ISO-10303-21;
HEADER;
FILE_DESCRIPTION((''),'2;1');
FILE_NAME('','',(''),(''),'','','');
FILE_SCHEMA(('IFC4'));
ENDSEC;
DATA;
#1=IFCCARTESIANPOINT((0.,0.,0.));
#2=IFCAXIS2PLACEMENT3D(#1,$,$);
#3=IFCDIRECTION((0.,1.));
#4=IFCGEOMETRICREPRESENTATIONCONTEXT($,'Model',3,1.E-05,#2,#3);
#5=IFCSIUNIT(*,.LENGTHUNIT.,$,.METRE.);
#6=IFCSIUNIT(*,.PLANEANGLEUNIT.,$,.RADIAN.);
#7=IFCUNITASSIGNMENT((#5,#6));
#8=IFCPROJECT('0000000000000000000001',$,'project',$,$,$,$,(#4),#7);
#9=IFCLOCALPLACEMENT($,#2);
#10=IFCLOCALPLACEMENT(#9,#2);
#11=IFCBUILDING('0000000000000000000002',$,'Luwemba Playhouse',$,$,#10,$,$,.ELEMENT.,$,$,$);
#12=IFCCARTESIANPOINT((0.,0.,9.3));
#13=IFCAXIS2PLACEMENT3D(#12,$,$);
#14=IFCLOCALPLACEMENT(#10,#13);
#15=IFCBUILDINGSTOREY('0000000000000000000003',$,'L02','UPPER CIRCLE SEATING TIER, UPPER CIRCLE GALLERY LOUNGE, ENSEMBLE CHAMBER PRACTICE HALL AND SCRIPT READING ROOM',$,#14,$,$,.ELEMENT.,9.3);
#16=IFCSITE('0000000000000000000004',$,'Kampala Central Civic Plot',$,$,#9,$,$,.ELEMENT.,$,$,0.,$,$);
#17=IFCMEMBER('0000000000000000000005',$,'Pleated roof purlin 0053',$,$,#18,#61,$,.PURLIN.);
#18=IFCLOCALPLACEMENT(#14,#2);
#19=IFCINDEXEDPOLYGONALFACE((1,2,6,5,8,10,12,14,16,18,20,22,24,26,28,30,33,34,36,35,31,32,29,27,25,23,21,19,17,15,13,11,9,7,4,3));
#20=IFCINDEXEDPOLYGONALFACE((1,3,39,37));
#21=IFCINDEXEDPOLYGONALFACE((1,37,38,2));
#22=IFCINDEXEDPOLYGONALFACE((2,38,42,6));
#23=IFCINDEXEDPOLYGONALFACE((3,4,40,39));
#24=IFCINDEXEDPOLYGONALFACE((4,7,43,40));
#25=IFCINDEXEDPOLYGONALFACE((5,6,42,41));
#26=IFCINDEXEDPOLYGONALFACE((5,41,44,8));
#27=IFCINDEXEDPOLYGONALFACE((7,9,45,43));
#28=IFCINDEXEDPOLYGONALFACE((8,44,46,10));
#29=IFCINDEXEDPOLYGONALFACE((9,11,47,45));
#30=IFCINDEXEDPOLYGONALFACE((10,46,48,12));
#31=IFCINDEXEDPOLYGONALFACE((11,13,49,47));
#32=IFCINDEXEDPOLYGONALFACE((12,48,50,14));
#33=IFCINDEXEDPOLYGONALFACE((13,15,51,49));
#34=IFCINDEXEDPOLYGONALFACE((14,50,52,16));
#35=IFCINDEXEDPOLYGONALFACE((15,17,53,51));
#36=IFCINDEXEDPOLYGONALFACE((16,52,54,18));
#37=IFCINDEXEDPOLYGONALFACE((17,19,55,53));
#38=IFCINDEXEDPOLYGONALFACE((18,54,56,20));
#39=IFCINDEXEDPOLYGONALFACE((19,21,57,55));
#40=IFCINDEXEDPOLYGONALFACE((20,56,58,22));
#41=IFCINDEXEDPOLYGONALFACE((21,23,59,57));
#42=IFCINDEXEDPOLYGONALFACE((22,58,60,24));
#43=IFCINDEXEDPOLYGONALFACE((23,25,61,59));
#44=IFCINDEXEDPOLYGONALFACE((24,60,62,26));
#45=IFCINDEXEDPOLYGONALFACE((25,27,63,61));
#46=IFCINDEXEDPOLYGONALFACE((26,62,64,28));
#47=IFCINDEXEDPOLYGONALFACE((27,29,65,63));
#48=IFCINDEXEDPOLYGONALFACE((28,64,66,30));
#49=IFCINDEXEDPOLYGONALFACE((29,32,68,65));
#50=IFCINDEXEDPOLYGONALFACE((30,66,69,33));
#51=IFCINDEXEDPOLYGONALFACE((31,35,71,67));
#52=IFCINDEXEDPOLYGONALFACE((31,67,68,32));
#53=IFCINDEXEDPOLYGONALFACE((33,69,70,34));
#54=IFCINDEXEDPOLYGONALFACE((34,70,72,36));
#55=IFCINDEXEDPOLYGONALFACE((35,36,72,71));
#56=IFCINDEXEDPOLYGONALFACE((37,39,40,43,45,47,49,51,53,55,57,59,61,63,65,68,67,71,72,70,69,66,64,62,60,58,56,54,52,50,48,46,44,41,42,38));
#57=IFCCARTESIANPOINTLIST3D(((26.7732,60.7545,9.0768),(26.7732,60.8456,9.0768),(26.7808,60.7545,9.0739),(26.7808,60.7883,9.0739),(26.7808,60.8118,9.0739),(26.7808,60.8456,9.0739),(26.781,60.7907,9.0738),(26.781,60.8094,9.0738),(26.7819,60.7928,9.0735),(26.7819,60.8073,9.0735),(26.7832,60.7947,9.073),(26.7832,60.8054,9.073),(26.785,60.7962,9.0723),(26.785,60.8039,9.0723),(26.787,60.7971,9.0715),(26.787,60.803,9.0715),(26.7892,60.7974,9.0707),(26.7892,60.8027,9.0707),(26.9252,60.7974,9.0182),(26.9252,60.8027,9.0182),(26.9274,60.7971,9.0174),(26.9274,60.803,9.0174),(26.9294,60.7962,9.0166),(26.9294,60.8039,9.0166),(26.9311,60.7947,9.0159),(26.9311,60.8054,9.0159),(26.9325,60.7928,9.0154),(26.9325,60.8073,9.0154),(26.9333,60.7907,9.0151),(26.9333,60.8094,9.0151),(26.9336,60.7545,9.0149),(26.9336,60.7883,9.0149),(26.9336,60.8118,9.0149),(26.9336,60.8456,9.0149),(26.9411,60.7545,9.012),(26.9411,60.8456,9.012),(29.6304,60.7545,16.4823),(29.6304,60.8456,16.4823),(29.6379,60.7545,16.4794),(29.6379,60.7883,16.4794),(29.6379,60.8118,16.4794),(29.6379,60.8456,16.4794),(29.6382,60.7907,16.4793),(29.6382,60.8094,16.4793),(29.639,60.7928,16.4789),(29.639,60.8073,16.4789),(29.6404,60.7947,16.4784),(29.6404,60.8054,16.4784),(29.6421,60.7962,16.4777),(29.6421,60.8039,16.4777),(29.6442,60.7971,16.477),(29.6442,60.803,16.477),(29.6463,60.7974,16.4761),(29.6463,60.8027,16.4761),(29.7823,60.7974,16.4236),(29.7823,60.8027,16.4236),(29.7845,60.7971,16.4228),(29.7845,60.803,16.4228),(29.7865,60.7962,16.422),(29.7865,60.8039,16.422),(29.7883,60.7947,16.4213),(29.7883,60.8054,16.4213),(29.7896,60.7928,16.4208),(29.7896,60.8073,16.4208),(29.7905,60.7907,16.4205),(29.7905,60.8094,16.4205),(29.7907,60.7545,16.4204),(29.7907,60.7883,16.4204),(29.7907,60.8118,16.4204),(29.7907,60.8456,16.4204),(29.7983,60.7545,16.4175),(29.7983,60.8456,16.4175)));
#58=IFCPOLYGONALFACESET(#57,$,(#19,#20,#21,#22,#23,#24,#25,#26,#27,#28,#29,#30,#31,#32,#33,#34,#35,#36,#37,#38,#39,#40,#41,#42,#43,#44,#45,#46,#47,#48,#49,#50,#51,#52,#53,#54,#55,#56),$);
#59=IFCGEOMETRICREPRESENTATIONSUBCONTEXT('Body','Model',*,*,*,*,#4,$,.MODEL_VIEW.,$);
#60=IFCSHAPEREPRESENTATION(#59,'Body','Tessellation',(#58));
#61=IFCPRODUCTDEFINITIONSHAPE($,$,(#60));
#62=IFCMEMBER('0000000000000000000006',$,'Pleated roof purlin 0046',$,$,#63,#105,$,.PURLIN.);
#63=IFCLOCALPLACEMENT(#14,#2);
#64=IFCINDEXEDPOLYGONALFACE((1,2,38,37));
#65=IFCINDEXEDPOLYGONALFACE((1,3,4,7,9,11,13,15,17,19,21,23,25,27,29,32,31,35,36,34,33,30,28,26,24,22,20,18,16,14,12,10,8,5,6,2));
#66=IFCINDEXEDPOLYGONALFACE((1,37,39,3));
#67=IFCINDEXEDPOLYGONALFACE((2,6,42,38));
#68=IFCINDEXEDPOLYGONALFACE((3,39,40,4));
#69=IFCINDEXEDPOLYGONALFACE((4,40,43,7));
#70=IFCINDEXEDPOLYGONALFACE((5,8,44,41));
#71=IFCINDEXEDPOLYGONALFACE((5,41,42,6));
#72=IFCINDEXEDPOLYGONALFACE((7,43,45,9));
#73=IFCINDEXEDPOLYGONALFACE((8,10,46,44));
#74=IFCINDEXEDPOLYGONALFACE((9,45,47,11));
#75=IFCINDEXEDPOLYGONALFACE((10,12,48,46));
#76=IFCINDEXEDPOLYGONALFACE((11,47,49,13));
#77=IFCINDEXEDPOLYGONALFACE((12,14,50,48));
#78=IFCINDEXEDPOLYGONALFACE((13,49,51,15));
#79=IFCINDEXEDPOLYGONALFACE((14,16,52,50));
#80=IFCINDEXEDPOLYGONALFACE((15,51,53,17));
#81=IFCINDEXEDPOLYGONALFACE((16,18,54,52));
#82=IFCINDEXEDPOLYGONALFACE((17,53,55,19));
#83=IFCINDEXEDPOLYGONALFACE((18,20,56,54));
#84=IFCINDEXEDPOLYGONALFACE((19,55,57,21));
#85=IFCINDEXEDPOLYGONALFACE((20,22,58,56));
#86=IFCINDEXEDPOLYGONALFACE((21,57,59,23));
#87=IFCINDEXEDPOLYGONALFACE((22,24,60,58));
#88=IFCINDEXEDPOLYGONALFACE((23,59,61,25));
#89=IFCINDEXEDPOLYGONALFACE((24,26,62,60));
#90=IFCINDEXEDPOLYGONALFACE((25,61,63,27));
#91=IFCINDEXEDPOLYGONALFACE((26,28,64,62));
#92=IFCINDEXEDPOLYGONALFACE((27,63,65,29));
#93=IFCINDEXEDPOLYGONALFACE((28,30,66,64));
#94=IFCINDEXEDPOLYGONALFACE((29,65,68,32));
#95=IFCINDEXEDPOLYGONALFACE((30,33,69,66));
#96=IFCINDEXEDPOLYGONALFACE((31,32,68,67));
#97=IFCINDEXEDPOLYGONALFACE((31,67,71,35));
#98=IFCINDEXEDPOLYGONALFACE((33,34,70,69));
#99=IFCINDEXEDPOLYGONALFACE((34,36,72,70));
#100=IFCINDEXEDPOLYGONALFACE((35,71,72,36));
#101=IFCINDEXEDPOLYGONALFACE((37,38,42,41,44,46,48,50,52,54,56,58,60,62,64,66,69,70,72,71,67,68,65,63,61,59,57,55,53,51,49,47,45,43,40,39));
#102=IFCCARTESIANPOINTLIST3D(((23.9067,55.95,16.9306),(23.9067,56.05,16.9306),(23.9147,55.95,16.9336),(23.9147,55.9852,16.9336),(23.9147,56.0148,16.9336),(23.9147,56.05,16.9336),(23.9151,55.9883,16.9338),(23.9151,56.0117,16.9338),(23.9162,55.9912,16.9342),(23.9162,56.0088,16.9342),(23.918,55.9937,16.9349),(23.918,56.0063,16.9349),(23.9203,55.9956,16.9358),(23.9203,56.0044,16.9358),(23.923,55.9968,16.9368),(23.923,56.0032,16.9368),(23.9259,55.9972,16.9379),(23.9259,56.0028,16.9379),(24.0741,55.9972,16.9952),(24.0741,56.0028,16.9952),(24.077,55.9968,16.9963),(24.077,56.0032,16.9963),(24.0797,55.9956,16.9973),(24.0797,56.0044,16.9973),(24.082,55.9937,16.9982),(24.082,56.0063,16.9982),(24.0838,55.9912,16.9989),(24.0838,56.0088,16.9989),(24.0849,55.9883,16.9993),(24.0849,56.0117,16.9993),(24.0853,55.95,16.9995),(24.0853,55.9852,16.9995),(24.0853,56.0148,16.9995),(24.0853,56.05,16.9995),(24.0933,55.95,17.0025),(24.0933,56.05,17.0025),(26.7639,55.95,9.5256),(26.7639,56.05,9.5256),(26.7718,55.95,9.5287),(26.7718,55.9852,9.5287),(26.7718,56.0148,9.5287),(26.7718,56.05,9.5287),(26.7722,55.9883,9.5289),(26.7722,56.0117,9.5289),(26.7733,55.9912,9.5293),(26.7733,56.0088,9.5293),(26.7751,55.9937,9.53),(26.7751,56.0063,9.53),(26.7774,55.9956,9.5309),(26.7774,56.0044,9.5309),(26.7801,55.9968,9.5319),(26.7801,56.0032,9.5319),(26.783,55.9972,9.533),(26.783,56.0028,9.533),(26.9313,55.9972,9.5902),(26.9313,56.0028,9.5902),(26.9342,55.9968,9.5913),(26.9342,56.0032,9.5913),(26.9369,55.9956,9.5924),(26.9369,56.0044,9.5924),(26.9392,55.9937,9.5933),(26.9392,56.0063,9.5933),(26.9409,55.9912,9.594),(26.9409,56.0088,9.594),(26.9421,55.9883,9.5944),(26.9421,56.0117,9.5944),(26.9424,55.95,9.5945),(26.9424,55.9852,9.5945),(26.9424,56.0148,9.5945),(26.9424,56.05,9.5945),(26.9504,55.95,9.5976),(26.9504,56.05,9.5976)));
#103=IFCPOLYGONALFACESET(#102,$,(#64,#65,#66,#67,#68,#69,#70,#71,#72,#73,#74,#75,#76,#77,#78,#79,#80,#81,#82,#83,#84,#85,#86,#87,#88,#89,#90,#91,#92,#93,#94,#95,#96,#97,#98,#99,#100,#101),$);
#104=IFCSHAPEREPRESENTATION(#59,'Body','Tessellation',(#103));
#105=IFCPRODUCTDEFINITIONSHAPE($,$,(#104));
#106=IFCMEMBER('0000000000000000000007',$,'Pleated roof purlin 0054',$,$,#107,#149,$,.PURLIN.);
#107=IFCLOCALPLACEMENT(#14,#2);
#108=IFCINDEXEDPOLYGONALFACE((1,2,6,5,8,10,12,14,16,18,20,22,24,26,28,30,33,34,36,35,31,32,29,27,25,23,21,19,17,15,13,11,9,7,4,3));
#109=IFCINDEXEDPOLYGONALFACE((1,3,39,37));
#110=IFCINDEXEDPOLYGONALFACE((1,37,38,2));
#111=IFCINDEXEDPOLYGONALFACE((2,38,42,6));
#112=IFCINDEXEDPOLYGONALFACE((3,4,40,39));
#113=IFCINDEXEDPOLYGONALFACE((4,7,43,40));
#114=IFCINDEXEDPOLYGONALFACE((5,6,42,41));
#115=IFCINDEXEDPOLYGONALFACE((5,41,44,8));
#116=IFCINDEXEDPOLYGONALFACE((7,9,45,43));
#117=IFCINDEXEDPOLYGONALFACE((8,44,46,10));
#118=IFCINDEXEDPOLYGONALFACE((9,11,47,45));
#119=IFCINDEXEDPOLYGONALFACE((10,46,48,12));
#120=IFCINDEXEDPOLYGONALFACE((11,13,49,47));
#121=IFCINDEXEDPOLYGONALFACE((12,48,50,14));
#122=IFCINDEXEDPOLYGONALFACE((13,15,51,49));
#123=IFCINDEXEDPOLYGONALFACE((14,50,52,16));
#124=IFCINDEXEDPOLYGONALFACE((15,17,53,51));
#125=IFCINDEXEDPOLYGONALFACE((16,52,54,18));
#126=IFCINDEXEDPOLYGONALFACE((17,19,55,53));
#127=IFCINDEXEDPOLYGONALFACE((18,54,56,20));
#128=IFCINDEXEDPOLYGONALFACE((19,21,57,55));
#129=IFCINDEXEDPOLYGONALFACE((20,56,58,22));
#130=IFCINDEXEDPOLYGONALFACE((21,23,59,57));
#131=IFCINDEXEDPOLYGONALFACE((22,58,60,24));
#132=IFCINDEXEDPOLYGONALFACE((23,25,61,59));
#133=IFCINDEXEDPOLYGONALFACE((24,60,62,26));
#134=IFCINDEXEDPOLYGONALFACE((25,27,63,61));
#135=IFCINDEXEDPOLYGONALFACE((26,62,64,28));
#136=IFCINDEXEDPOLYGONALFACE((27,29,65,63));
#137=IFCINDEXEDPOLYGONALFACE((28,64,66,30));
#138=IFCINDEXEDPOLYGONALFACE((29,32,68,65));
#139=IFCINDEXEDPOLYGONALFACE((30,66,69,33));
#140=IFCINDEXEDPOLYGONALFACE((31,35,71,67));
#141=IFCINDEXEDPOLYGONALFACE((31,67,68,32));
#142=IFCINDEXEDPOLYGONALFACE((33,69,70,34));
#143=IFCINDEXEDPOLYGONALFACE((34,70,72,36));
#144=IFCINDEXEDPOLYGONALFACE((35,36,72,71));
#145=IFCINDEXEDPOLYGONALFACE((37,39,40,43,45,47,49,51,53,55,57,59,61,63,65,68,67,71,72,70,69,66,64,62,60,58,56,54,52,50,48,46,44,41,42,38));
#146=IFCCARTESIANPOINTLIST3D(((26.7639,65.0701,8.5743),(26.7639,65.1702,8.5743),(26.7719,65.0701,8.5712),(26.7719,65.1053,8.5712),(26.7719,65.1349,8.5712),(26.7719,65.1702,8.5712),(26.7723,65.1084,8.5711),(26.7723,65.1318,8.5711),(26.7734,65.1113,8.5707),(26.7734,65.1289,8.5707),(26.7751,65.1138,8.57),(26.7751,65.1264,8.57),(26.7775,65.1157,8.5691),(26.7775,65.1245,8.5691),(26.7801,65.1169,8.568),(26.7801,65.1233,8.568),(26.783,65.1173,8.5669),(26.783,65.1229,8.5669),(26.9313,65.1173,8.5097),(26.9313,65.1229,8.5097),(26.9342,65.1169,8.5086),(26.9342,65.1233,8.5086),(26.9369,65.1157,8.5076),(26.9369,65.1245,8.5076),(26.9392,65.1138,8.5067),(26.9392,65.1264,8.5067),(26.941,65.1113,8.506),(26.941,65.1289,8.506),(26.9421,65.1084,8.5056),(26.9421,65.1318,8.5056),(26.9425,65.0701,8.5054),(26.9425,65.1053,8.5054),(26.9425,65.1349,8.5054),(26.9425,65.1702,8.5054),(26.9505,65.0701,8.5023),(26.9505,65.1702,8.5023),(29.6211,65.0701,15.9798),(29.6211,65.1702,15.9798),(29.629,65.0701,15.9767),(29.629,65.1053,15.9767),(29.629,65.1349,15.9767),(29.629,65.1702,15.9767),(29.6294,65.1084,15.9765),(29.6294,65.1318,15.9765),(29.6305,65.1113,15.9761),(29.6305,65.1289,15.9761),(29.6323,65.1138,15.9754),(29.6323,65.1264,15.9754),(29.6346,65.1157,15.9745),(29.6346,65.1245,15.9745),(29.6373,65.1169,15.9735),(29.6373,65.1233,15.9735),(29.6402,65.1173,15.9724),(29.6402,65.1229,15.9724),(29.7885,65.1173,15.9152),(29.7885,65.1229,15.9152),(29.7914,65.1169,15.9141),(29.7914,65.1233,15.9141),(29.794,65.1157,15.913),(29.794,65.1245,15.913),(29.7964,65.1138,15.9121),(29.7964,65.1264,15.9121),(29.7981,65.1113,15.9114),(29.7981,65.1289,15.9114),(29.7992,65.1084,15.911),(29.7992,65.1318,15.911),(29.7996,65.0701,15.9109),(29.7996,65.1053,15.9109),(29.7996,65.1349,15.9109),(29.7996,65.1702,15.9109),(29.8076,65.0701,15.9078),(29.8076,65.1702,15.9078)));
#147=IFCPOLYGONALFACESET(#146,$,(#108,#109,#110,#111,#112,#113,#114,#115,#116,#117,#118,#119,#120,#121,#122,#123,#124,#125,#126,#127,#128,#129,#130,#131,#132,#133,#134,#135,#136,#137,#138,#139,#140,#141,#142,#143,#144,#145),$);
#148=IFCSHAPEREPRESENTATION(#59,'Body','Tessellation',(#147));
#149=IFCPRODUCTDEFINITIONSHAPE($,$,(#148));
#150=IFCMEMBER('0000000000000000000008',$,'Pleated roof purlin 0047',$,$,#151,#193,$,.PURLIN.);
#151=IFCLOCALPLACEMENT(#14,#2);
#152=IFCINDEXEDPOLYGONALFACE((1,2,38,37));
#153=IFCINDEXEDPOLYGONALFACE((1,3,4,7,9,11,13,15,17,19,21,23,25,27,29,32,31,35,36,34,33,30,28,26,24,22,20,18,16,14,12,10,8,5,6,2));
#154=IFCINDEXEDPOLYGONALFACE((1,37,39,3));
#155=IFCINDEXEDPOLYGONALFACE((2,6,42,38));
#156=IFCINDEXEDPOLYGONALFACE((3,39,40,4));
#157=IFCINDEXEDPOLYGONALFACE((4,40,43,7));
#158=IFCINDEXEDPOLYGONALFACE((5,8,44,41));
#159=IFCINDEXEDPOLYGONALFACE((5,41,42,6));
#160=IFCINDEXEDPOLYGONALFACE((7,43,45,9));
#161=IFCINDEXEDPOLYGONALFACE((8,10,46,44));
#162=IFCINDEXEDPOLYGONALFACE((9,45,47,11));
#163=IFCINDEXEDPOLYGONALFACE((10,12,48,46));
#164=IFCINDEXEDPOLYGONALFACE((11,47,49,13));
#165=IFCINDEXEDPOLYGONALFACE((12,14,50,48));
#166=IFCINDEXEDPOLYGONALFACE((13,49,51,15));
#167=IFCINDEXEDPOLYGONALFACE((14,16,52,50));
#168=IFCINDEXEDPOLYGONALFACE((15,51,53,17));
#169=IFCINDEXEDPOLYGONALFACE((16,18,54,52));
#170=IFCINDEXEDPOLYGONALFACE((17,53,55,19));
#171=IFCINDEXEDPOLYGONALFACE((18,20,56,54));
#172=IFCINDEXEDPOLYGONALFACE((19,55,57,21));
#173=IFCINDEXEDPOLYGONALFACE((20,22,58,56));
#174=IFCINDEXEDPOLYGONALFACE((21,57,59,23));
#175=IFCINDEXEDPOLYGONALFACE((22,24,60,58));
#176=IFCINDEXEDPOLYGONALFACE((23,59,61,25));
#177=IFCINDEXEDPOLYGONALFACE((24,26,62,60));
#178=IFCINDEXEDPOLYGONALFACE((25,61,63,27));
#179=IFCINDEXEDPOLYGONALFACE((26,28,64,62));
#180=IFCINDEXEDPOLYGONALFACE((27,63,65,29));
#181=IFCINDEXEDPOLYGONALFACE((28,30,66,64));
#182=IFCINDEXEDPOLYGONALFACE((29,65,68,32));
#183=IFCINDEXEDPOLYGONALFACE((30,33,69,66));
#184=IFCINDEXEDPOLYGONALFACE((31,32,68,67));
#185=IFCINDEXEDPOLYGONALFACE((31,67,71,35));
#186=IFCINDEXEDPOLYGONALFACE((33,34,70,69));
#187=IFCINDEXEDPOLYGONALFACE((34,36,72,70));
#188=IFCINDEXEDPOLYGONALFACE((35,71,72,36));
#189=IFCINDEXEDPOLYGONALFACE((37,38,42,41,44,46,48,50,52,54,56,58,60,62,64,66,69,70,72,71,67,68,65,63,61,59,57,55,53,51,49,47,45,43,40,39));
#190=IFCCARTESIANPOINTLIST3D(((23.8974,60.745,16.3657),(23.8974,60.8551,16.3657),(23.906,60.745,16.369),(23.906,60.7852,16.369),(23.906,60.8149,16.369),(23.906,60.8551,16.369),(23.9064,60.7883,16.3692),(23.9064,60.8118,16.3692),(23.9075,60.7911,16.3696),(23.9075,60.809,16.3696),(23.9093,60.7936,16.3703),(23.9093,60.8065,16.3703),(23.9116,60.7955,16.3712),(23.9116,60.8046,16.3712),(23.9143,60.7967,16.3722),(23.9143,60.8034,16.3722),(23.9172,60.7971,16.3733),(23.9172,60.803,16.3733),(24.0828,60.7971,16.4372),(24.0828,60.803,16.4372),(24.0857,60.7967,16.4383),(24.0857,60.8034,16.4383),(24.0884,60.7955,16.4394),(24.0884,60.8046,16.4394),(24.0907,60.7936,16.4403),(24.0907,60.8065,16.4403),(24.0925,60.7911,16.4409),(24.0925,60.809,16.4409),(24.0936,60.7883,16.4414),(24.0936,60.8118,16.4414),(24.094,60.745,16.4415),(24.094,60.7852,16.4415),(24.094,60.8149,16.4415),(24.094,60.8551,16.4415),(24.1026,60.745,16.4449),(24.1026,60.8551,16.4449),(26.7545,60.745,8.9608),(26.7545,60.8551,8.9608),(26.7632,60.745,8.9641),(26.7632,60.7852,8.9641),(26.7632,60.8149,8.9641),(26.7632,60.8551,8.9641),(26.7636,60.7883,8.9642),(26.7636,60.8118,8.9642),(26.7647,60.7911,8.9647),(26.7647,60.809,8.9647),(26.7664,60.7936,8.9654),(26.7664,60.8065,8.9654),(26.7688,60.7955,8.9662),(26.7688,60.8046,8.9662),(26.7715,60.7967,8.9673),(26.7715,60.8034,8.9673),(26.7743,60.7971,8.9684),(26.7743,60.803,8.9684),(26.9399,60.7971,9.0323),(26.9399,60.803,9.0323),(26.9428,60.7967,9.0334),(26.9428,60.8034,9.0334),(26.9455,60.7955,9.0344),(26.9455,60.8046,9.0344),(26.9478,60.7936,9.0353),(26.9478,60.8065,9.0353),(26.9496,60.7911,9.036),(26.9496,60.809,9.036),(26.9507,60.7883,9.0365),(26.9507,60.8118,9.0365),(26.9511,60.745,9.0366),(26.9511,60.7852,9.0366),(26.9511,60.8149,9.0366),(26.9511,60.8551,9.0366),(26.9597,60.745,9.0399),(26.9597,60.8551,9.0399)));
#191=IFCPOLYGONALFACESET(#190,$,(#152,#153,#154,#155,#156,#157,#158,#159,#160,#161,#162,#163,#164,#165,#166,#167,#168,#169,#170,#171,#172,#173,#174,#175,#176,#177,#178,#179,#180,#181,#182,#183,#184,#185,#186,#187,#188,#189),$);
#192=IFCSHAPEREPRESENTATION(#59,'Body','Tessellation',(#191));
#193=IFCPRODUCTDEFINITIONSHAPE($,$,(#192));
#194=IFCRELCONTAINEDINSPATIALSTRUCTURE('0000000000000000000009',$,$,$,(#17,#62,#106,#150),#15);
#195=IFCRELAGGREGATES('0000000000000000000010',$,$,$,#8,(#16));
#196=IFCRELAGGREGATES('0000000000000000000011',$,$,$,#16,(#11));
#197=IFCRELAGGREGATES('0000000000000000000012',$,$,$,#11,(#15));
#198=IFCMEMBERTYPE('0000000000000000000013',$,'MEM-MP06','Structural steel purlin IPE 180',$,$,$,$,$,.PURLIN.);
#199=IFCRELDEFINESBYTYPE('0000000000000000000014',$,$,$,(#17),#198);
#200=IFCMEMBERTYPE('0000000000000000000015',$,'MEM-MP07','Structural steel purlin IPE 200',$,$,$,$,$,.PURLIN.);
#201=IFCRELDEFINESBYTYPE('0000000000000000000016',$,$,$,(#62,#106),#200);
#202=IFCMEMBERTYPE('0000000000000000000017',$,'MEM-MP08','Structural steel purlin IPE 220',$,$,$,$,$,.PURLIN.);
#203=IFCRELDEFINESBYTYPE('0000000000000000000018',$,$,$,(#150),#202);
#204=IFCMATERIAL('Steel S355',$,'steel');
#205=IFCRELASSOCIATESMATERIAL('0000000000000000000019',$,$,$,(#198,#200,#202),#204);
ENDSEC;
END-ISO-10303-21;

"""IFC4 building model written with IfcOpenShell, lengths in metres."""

from ifc_helpers import new_model, si_unit, direction, frame, origin, origin_2d, place, context, subcontext, project, spatial, i_section, extrude, material, material_profile, profile_set, type_object, element, save


model = new_model("IFC4")

# Units and contexts
model_context = context("Model", 3, precision=1e-05, world=origin(), true_north=direction((0.0, 1.0)))
body_context = subcontext(model_context, "Body", "Model", "MODEL_VIEW")
ifc_project = project(units=[si_unit("LENGTHUNIT", "METRE"), si_unit("PLANEANGLEUNIT", "RADIAN")], contexts=[model_context])

# Site, building, storey
site_placement = place(None, origin())
site = spatial("IfcSite", under=ifc_project, at=site_placement, Name="Kampala Central Civic Plot", CompositionType="ELEMENT", RefElevation=0.0)
building_placement = place(site_placement, origin())
building = spatial("IfcBuilding", under=site, at=building_placement, Name="Luwemba Playhouse", CompositionType="ELEMENT")
storey_placement = place(building_placement, frame((0.0, 0.0, 9.3)))
storey = spatial("IfcBuildingStorey", under=building, at=storey_placement, Name="L02", Description="UPPER CIRCLE SEATING TIER, UPPER CIRCLE GALLERY LOUNGE, ENSEMBLE CHAMBER PRACTICE HALL AND SCRIPT READING ROOM", CompositionType="ELEMENT", Elevation=9.3)

# Shared definitions
ifc_material_1 = material(Name="Steel S355", Category="steel")

# Members
ifc_material_profile_1 = material_profile(ifc_material_1, i_section(OverallWidth=0.0911, OverallDepth=0.1799, WebThickness=0.0054, FlangeThickness=0.0081, FilletRadius=0.009, at=origin_2d()))
ifc_profile_set_1 = profile_set([ifc_material_profile_1], Name="Steel S355")
member_type_1 = type_object("IfcMemberType", Name="MEM-MP06", Description="Structural steel purlin IPE 180", PredefinedType="PURLIN", material=ifc_profile_set_1)
member_1_placement = place(storey_placement, frame((26.8572, 60.8, 9.0444), z_axis=(0.359956, 0.0, 0.932969), x_axis=(0.0, 1.0, 0.0)))
element("IfcMember", 1, at=member_1_placement, inside=storey, type_object=member_type_1, Name="Pleated roof purlin 0053", PredefinedType="PURLIN", context=body_context, shape_type="SweptSolid", body=[
    extrude(i_section(OverallWidth=0.0911, OverallDepth=0.1799, WebThickness=0.0054, FlangeThickness=0.0081, FilletRadius=0.009, at=origin_2d()), origin(), (0.0, 0.0, 1.0), 7.9375),
])
ifc_material_profile_2 = material_profile(ifc_material_1, i_section(OverallWidth=0.1001, OverallDepth=0.2, WebThickness=0.0056, FlangeThickness=0.0085, FilletRadius=0.012, at=origin_2d()))
ifc_profile_set_2 = profile_set([ifc_material_profile_2], Name="Steel S355")
member_type_2 = type_object("IfcMemberType", Name="MEM-MP07", Description="Structural steel purlin IPE 200", PredefinedType="PURLIN", material=ifc_profile_set_2)
member_2_placement = place(storey_placement, frame((24.0, 56.0, 16.9666), z_axis=(0.359976, 0.0, -0.932961), x_axis=(0.0, 1.0, 0.0)))
element("IfcMember", 2, at=member_2_placement, inside=storey, type_object=member_type_2, Name="Pleated roof purlin 0046", PredefinedType="PURLIN", context=body_context, shape_type="SweptSolid", body=[
    extrude(i_section(OverallWidth=0.1001, OverallDepth=0.2, WebThickness=0.0056, FlangeThickness=0.0085, FilletRadius=0.012, at=origin_2d()), origin(), (0.0, 0.0, 1.0), 7.937),
])
member_3_placement = place(storey_placement, frame((26.8572, 65.1201, 8.5383), z_axis=(0.359956, 0.0, 0.932969), x_axis=(0.0, 1.0, 0.0)))
element("IfcMember", 3, at=member_3_placement, inside=storey, type_object=member_type_2, Name="Pleated roof purlin 0054", PredefinedType="PURLIN", context=body_context, shape_type="SweptSolid", body=[
    extrude(i_section(OverallWidth=0.1001, OverallDepth=0.2, WebThickness=0.0056, FlangeThickness=0.0085, FilletRadius=0.012, at=origin_2d()), origin(), (0.0, 0.0, 1.0), 7.9375),
])
ifc_material_profile_3 = material_profile(ifc_material_1, i_section(OverallWidth=0.1101, OverallDepth=0.22, WebThickness=0.0059, FlangeThickness=0.0093, FilletRadius=0.012, at=origin_2d()))
ifc_profile_set_3 = profile_set([ifc_material_profile_3], Name="Steel S355")
member_type_3 = type_object("IfcMemberType", Name="MEM-MP08", Description="Structural steel purlin IPE 220", PredefinedType="PURLIN", material=ifc_profile_set_3)
member_4_placement = place(storey_placement, frame((24.0, 60.8, 16.4053), z_axis=(0.359976, 0.0, -0.932961), x_axis=(0.0, 1.0, 0.0)))
element("IfcMember", 4, at=member_4_placement, inside=storey, type_object=member_type_3, Name="Pleated roof purlin 0047", PredefinedType="PURLIN", context=body_context, shape_type="SweptSolid", body=[
    extrude(i_section(OverallWidth=0.1101, OverallDepth=0.22, WebThickness=0.0059, FlangeThickness=0.0093, FilletRadius=0.012, at=origin_2d()), origin(), (0.0, 0.0, 1.0), 7.937),
])

save(model, "model.ifc")
